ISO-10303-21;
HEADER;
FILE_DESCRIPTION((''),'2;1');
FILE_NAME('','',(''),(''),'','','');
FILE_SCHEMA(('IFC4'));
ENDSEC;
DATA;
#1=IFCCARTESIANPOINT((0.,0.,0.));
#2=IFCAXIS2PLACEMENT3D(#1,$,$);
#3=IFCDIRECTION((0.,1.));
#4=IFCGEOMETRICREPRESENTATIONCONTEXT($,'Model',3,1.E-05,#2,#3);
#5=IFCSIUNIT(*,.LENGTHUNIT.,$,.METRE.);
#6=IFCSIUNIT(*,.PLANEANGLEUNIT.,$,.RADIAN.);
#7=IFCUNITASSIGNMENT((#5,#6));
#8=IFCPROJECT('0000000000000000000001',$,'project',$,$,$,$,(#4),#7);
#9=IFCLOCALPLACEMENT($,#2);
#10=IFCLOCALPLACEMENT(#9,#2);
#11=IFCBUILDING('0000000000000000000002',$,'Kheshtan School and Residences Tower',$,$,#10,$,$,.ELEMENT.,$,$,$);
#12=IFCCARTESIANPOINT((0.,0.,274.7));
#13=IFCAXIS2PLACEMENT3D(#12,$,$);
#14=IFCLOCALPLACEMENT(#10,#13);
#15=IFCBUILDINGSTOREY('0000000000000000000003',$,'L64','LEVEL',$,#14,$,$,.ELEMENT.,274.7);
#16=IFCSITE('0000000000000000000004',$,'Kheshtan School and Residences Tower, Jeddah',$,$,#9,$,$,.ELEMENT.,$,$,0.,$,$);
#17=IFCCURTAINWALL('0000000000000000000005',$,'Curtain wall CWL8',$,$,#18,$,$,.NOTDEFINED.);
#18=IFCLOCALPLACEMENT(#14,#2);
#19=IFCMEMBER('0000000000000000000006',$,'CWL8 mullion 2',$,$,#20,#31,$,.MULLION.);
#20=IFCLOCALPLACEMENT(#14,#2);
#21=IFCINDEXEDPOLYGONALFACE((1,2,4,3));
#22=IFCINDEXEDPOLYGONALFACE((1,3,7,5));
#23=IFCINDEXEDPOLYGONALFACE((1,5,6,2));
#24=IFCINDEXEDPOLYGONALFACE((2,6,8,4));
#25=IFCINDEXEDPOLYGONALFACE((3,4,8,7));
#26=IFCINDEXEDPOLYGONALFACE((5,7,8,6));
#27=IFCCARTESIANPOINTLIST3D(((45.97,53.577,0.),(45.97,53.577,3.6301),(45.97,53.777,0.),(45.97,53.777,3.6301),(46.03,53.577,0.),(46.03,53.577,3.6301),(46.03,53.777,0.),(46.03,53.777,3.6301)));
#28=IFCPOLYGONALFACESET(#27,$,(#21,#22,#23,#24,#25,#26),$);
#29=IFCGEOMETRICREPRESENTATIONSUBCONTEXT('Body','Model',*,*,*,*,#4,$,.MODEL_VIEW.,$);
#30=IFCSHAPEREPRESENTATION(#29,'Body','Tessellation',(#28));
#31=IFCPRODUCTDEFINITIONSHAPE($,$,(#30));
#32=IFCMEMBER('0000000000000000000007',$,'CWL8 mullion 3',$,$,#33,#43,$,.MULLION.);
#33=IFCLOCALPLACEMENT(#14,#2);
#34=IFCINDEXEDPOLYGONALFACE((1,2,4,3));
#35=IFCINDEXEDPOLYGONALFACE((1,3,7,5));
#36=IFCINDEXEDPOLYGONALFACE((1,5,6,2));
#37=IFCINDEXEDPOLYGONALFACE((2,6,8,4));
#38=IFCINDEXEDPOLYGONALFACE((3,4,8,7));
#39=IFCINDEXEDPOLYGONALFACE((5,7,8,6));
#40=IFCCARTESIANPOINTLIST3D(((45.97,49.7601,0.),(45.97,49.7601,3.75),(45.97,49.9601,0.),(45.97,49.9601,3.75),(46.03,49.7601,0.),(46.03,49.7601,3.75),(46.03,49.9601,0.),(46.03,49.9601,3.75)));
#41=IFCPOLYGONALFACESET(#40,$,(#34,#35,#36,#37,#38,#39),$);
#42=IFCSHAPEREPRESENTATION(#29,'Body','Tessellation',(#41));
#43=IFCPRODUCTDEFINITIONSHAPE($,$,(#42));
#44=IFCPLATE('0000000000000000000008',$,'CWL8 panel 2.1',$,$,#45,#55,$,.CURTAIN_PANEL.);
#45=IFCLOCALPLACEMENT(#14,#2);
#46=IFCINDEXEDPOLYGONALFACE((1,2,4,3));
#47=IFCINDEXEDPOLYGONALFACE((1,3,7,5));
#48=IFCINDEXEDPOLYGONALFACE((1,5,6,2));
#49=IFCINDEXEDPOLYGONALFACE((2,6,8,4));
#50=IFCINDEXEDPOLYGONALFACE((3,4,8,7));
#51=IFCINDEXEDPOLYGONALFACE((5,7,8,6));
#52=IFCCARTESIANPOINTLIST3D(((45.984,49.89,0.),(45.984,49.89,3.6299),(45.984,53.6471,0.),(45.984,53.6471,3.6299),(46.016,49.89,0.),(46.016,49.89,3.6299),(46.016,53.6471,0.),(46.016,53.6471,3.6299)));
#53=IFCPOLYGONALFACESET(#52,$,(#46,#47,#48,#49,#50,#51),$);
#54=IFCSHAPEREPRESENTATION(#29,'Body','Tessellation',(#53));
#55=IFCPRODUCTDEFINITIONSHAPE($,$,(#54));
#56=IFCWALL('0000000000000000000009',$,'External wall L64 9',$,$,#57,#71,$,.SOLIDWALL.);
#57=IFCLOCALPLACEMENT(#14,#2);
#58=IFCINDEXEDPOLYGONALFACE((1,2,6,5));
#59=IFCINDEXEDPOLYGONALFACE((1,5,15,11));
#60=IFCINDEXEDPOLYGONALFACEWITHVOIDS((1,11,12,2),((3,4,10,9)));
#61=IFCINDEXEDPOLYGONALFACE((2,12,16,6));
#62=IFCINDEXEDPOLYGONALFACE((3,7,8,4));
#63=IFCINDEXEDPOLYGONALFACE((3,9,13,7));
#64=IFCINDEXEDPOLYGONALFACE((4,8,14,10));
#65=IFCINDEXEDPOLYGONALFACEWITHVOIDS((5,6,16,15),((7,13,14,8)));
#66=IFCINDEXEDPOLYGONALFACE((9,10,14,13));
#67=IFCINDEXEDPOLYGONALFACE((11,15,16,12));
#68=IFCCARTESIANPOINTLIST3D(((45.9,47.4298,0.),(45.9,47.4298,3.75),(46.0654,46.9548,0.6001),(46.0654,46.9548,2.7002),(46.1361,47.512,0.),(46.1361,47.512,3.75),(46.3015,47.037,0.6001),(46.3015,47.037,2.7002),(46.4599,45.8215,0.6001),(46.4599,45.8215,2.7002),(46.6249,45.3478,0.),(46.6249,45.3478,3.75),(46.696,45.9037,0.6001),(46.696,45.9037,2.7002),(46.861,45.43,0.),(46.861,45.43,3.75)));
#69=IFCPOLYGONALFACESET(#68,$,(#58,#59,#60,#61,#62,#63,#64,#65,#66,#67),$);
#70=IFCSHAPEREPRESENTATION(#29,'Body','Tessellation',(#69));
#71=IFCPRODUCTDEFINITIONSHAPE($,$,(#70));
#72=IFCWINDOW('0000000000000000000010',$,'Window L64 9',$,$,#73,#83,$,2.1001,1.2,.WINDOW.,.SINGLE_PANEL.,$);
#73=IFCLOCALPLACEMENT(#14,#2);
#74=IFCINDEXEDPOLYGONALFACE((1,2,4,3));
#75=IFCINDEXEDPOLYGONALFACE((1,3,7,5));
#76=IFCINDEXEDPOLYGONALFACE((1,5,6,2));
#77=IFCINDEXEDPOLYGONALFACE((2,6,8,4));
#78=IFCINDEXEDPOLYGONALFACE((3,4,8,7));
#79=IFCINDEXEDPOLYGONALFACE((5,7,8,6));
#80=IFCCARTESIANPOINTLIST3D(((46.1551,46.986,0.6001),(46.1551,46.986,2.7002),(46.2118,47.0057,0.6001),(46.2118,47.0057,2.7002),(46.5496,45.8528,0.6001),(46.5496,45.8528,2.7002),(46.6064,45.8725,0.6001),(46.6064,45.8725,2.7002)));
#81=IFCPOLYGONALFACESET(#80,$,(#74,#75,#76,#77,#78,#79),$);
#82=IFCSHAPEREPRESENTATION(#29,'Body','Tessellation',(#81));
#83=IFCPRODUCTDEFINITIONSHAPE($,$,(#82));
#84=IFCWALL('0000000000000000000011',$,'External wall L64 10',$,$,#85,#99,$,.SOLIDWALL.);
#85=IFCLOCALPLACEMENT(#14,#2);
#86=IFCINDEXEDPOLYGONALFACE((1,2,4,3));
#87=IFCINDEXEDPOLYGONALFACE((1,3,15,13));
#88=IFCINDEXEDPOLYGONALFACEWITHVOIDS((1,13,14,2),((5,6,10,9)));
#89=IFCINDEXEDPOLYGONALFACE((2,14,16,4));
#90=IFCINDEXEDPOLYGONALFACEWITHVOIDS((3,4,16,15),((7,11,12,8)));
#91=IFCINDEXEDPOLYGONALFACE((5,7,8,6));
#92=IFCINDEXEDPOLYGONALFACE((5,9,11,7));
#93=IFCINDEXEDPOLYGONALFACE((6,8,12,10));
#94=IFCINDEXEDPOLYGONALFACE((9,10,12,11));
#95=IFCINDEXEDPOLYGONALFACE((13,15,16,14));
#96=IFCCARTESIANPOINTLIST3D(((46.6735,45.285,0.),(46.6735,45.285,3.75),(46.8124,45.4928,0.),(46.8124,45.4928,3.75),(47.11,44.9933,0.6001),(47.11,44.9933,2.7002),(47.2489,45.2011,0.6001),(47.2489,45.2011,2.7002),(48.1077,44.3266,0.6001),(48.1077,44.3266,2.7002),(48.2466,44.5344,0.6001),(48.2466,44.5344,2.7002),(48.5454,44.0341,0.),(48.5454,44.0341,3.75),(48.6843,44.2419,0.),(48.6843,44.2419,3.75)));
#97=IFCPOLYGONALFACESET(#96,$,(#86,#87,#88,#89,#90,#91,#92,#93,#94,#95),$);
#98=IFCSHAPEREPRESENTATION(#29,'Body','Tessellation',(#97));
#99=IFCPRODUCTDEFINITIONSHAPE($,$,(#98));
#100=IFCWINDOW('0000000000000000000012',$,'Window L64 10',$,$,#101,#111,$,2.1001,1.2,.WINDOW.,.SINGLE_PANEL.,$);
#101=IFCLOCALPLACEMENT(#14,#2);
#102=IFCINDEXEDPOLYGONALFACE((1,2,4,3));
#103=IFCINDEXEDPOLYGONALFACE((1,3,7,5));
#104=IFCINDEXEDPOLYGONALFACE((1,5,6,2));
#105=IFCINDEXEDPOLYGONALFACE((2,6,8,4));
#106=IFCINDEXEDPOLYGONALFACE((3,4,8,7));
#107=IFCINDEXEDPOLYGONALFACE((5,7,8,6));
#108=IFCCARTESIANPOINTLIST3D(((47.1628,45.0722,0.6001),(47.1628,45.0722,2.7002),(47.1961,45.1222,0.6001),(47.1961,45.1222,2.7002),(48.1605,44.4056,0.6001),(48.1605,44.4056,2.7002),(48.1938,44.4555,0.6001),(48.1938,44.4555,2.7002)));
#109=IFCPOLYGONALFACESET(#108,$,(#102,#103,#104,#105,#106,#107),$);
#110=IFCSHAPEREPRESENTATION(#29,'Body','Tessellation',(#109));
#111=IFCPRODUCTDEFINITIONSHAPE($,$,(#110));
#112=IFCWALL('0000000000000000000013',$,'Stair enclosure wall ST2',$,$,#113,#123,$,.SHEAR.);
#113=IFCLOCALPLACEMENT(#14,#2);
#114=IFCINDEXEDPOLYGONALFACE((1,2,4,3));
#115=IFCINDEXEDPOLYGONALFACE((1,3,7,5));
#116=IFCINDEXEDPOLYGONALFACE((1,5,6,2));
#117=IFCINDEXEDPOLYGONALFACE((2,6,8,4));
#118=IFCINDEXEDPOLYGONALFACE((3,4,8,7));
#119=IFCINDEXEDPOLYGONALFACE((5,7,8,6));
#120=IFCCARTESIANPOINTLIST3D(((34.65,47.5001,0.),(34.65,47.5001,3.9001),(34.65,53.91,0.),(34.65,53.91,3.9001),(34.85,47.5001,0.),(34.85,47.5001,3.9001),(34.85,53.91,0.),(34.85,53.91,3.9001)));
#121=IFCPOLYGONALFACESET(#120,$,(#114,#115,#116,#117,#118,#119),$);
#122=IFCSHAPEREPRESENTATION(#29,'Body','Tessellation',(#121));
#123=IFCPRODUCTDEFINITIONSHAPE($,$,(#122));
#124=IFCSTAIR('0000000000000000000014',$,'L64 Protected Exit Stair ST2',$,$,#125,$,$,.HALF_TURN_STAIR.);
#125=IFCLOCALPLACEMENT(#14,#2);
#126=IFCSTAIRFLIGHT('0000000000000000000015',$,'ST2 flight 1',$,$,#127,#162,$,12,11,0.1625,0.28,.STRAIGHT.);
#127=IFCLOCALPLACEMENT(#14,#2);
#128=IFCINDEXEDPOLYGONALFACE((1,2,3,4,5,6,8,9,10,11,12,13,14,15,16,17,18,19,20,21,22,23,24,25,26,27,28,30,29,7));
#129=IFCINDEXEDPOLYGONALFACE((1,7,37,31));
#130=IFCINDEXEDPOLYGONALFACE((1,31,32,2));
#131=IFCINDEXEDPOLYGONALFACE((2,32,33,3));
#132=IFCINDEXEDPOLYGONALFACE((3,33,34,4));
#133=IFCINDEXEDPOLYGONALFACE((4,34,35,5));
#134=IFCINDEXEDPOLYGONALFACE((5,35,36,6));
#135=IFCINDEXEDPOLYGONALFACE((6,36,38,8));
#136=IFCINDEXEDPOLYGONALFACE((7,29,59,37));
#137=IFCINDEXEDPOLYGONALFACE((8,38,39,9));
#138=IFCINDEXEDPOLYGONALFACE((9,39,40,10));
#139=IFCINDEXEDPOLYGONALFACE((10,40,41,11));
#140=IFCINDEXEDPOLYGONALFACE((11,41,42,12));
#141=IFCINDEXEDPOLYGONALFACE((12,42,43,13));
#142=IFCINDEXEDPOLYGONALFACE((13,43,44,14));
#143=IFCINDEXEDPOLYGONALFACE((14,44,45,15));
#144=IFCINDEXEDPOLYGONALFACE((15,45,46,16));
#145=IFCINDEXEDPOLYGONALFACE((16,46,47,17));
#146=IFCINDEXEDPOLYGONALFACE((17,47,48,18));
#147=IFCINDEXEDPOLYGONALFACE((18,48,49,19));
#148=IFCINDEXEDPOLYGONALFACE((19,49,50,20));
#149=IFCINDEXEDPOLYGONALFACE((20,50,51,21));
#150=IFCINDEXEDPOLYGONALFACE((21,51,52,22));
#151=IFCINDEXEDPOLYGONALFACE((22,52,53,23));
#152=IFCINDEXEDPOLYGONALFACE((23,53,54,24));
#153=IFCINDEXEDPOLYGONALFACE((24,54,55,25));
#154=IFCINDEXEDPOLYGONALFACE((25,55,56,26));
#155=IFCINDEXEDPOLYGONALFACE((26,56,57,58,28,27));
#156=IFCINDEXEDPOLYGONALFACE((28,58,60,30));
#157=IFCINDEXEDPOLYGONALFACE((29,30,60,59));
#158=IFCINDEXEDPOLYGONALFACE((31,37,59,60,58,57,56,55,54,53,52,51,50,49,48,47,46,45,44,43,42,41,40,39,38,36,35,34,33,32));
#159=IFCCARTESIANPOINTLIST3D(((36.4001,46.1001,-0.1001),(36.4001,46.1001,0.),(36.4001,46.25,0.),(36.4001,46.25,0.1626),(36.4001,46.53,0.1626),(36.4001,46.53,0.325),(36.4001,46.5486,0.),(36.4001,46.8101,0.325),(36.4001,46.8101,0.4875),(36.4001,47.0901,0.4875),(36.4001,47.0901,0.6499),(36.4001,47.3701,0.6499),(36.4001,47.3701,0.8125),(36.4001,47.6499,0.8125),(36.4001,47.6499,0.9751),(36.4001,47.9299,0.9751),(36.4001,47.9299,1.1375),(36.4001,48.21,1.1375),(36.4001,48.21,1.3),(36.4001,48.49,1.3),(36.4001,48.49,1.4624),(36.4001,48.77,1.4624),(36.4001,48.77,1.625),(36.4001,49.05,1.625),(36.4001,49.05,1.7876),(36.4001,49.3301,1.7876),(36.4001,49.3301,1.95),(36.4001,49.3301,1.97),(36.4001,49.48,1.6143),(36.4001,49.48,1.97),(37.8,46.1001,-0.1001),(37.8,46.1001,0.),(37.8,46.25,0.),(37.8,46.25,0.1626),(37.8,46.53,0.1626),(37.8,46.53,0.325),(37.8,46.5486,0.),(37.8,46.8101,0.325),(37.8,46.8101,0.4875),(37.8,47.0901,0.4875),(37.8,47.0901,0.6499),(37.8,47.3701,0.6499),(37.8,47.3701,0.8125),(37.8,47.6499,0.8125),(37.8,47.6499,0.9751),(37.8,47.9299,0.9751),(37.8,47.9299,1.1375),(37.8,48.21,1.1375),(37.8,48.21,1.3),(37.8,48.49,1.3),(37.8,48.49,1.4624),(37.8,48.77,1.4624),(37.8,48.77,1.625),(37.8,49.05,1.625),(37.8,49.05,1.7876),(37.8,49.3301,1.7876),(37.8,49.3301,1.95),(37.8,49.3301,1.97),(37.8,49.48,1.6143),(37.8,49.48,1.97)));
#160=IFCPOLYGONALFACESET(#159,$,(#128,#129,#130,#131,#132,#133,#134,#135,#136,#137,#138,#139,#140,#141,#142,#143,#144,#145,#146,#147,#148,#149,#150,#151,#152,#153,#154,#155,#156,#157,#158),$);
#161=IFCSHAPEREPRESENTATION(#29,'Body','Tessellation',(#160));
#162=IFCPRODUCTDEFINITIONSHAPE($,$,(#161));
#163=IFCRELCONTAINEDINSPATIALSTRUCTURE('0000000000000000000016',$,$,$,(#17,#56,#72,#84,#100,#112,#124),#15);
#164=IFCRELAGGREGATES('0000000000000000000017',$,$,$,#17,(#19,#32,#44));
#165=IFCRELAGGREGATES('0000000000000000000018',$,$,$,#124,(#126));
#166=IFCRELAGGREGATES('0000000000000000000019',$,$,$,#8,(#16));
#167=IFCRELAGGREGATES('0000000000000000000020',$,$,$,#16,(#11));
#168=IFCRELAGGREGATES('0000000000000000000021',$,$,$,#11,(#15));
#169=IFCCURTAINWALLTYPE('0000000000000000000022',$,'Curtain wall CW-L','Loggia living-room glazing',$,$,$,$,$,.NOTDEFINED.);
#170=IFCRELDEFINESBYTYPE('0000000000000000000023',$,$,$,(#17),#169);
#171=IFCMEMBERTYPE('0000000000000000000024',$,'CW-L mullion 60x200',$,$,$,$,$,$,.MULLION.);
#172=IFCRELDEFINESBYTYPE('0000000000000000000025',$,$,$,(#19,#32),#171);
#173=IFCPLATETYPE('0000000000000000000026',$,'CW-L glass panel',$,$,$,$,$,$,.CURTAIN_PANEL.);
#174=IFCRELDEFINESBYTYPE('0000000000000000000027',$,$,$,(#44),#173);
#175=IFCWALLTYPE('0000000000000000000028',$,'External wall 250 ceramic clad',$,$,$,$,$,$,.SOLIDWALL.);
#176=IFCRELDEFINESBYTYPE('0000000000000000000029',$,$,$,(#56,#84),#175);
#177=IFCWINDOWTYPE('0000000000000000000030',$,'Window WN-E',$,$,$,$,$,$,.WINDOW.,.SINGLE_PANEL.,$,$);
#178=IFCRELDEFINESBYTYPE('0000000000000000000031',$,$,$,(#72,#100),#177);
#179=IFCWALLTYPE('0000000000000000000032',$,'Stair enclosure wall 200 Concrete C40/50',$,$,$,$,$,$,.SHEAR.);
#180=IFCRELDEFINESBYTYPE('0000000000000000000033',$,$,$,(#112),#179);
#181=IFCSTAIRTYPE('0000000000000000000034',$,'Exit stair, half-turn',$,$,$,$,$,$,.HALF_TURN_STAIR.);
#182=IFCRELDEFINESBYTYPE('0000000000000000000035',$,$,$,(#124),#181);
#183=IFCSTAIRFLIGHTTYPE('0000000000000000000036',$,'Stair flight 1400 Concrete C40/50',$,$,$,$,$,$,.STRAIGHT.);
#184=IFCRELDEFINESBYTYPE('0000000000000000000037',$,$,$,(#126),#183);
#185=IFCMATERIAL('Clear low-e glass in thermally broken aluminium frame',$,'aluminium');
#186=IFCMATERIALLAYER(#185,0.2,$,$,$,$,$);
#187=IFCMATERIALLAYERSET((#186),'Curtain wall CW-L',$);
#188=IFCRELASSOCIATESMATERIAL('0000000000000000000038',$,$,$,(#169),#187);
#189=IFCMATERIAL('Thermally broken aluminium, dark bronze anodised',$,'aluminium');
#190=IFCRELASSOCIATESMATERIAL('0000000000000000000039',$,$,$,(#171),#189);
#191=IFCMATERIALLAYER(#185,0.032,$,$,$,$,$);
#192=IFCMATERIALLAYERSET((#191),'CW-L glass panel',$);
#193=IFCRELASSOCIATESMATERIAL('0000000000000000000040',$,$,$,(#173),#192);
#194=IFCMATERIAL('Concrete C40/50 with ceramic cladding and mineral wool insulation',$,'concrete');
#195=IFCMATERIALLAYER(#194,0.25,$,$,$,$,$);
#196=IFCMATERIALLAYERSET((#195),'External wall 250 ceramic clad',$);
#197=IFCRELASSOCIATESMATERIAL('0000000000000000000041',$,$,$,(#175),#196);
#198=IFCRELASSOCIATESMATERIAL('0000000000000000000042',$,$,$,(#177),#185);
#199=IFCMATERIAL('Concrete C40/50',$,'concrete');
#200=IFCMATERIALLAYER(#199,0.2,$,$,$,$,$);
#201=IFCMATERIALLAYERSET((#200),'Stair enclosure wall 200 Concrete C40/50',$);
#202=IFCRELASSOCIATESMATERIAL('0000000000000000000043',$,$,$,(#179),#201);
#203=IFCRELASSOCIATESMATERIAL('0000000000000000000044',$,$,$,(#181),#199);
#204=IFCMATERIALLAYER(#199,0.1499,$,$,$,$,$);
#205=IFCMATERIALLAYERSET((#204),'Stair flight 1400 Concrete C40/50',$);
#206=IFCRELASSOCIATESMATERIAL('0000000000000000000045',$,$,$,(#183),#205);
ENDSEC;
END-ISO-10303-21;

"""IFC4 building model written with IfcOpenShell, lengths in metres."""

from ifc_helpers import new_model, si_unit, direction, frame, frame_2d, origin, origin_2d, place, context, subcontext, project, spatial, polyline, rectangle, outline, extrude, source, transform, mapped, material, layer, layer_set, material_profile, profile_set, type_object, element, fill, aggregate, save


model = new_model("IFC4")

# Units and contexts
model_context = context("Model", 3, precision=1e-05, world=origin(), true_north=direction((0.0, 1.0)))
body_context = subcontext(model_context, "Body", "Model", "MODEL_VIEW")
ifc_project = project(units=[si_unit("LENGTHUNIT", "METRE"), si_unit("PLANEANGLEUNIT", "RADIAN")], contexts=[model_context])

# Site, building, storey
site_placement = place(None, origin())
site = spatial("IfcSite", under=ifc_project, at=site_placement, Name="Kheshtan School and Residences Tower, Jeddah", CompositionType="ELEMENT", RefElevation=0.0)
building_placement = place(site_placement, origin())
building = spatial("IfcBuilding", under=site, at=building_placement, Name="Kheshtan School and Residences Tower", CompositionType="ELEMENT")
storey_placement = place(building_placement, frame((0.0, 0.0, 274.7)))
storey = spatial("IfcBuildingStorey", under=building, at=storey_placement, Name="L64", Description="LEVEL", CompositionType="ELEMENT", Elevation=274.7)

# Curtain wall, members, plate
ifc_material_1 = material(Name="Clear low-e glass in thermally broken aluminium frame", Category="aluminium")
ifc_layer_1 = layer(ifc_material_1, 0.2)
ifc_layer_set_1 = layer_set([ifc_layer_1], Name="Curtain wall CW-L")
curtain_wall_type = type_object("IfcCurtainWallType", Name="Curtain wall CW-L", Description="Loggia living-room glazing", PredefinedType="NOTDEFINED", material=ifc_layer_set_1)
curtain_wall_placement = place(storey_placement, origin())
curtain_wall = element("IfcCurtainWall", 1, at=curtain_wall_placement, inside=storey, type_object=curtain_wall_type, Name="Curtain wall CWL8", PredefinedType="NOTDEFINED")
ifc_material_2 = material(Name="Thermally broken aluminium, dark bronze anodised", Category="aluminium")
ifc_material_profile_1 = material_profile(ifc_material_2, rectangle(XDim=0.0601, YDim=0.2, at=origin_2d()), Name="CW-L mullion 60x200")
ifc_profile_set_1 = profile_set([ifc_material_profile_1], Name="Thermally broken aluminium, dark bronze anodised")
member_type = type_object("IfcMemberType", Name="CW-L mullion 60x200", PredefinedType="MULLION", material=ifc_profile_set_1)
member_1_placement = place(storey_placement, frame((46.0, 53.677, 0.0), z_axis=(0.0, 0.0, 1.0), x_axis=(1.0, 0.0, 0.0)))
member_1 = element("IfcMember", 2, at=member_1_placement, type_object=member_type, Name="CWL8 mullion 2", PredefinedType="MULLION", context=body_context, shape_type="SweptSolid", body=[
    extrude(rectangle(XDim=0.0601, YDim=0.2, at=origin_2d()), origin(), (0.0, 0.0, 1.0), 3.6301),
])
member_2_placement = place(storey_placement, frame((46.0, 49.8601, 0.0), z_axis=(0.0, 0.0, 1.0), x_axis=(1.0, 0.0, 0.0)))
member_2 = element("IfcMember", 3, at=member_2_placement, type_object=member_type, Name="CWL8 mullion 3", PredefinedType="MULLION", context=body_context, shape_type="SweptSolid", body=[
    extrude(rectangle(XDim=0.0601, YDim=0.2, at=origin_2d()), origin(), (0.0, 0.0, 1.0), 3.75),
])
ifc_layer_2 = layer(ifc_material_1, 0.032)
ifc_layer_set_2 = layer_set([ifc_layer_2], Name="CW-L glass panel")
plate_type = type_object("IfcPlateType", Name="CW-L glass panel", PredefinedType="CURTAIN_PANEL", material=ifc_layer_set_2)
plate_placement = place(storey_placement, frame((46.0, 51.7686, 0.0), z_axis=(0.0, 0.0, 1.0), x_axis=(0.0, -1.0, 0.0)))
plate = element("IfcPlate", 4, at=plate_placement, type_object=plate_type, Name="CWL8 panel 2.1", PredefinedType="CURTAIN_PANEL", context=body_context, shape_type="SweptSolid", body=[
    extrude(rectangle(XDim=3.7571, YDim=0.032, at=origin_2d()), origin(), (0.0, 0.0, 1.0), 3.6299),
])
aggregate(curtain_wall, [member_1, member_2, plate])

# Walls, openings, windows
ifc_material_3 = material(Name="Concrete C40/50 with ceramic cladding and mineral wool insulation", Category="concrete")
ifc_layer_3 = layer(ifc_material_3, 0.25)
ifc_layer_set_3 = layer_set([ifc_layer_3], Name="External wall 250 ceramic clad")
wall_type_1 = type_object("IfcWallType", Name="External wall 250 ceramic clad", PredefinedType="SOLIDWALL", material=ifc_layer_set_3)
wall_1_placement = place(storey_placement, frame((46.0181, 47.4709, 0.0), z_axis=(0.0, 0.0, 1.0), x_axis=(0.328791, -0.944403, 0.0)))
wall_1 = element("IfcWall", 5, at=wall_1_placement, inside=storey, type_object=wall_type_1, Name="External wall L64 9", PredefinedType="SOLIDWALL", context=body_context, shape_type="SweptSolid", body=[
    extrude(rectangle(XDim=2.2046, YDim=0.25, at=frame_2d((1.1023, 0.0))), origin(), (0.0, 0.0, 1.0), 3.75),
])
opening_1_placement = place(wall_1_placement, frame((0.5029, 0.0, 0.6001)))
opening_1 = element("IfcOpeningElement", 6, at=opening_1_placement, cuts=wall_1, PredefinedType="OPENING", context=body_context, shape_type="SweptSolid", body=[
    extrude(rectangle(XDim=1.2, YDim=2.1001, at=frame_2d((0.6001, 1.05))), frame((0.0, 0.135, 0.0), z_axis=(0.0, -1.0, 0.0), x_axis=(1.0, 0.0, 0.0)), (0.0, 0.0, 1.0), 0.27),
])
window_type = type_object("IfcWindowType", Name="Window WN-E", PartitioningType="SINGLE_PANEL", PredefinedType="WINDOW", material=ifc_material_1)
shared_shape_1 = source(origin(), body_context, "Body", "SweptSolid", [
    extrude(rectangle(XDim=1.2, YDim=2.1001, at=frame_2d((0.6001, 1.05))), frame((0.0, 0.03, 0.0), z_axis=(0.0, -1.0, 0.0), x_axis=(1.0, 0.0, 0.0)), (0.0, 0.0, 1.0), 0.0601),
])
window_1_placement = place(opening_1_placement, origin())
window_1 = element("IfcWindow", 7, at=window_1_placement, inside=storey, type_object=window_type, Name="Window L64 9", OverallHeight=2.1001, OverallWidth=1.2, PartitioningType="SINGLE_PANEL", PredefinedType="WINDOW", context=body_context, shape_type="MappedRepresentation", body=[
    mapped(shared_shape_1, transform((0.0, 0.0, 0.0), x_axis=(1.0, 0.0, 0.0), y_axis=(0.0, 1.0, 0.0), z_axis=(0.0, 0.0, 1.0), scale=1.0)),
])
fill(opening_1, window_1)
wall_2_placement = place(storey_placement, frame((46.7429, 45.3889, 0.0), z_axis=(0.0, 0.0, 1.0), x_axis=(0.831449, -0.555601, 0.0)))
wall_2 = element("IfcWall", 8, at=wall_2_placement, inside=storey, type_object=wall_type_1, Name="External wall L64 10", PredefinedType="SOLIDWALL", context=body_context, shape_type="SweptSolid", body=[
    extrude(rectangle(XDim=2.2515, YDim=0.25, at=frame_2d((1.1257, 0.0))), origin(), (0.0, 0.0, 1.0), 3.75),
])
opening_2_placement = place(wall_2_placement, frame((0.5249, 0.0, 0.6001)))
opening_2 = element("IfcOpeningElement", 9, at=opening_2_placement, cuts=wall_2, PredefinedType="OPENING", context=body_context, shape_type="SweptSolid", body=[
    extrude(rectangle(XDim=1.2, YDim=2.1001, at=frame_2d((0.6001, 1.05))), frame((0.0, 0.135, 0.0), z_axis=(0.0, -1.0, 0.0), x_axis=(1.0, 0.0, 0.0)), (0.0, 0.0, 1.0), 0.27),
])
window_2_placement = place(opening_2_placement, origin())
window_2 = element("IfcWindow", 10, at=window_2_placement, inside=storey, type_object=window_type, Name="Window L64 10", OverallHeight=2.1001, OverallWidth=1.2, PartitioningType="SINGLE_PANEL", PredefinedType="WINDOW", context=body_context, shape_type="MappedRepresentation", body=[
    mapped(shared_shape_1, transform((0.0, 0.0, 0.0), x_axis=(1.0, 0.0, 0.0), y_axis=(0.0, 1.0, 0.0), z_axis=(0.0, 0.0, 1.0), scale=1.0)),
])
fill(opening_2, window_2)

# Wall
ifc_material_4 = material(Name="Concrete C40/50", Category="concrete")
ifc_layer_4 = layer(ifc_material_4, 0.2)
ifc_layer_set_4 = layer_set([ifc_layer_4], Name="Stair enclosure wall 200 Concrete C40/50")
wall_type_2 = type_object("IfcWallType", Name="Stair enclosure wall 200 Concrete C40/50", PredefinedType="SHEAR", material=ifc_layer_set_4)
wall_3_placement = place(storey_placement, frame((34.75, 47.5, 0.0), z_axis=(0.0, 0.0, 1.0), x_axis=(0.0, 1.0, 0.0)))
element("IfcWall", 11, at=wall_3_placement, inside=storey, type_object=wall_type_2, Name="Stair enclosure wall ST2", PredefinedType="SHEAR", context=body_context, shape_type="SweptSolid", body=[
    extrude(rectangle(XDim=6.4099, YDim=0.2, at=frame_2d((3.2051, 0.0))), origin(), (0.0, 0.0, 1.0), 3.9001),
])

# Stair, stair flight
stair_type = type_object("IfcStairType", Name="Exit stair, half-turn", PredefinedType="HALF_TURN_STAIR", material=ifc_material_4)
stair_placement = place(storey_placement, origin())
stair = element("IfcStair", 12, at=stair_placement, inside=storey, type_object=stair_type, Name="L64 Protected Exit Stair ST2", PredefinedType="HALF_TURN_STAIR")
ifc_layer_5 = layer(ifc_material_4, 0.1499)
ifc_layer_set_5 = layer_set([ifc_layer_5], Name="Stair flight 1400 Concrete C40/50")
stair_flight_type = type_object("IfcStairFlightType", Name="Stair flight 1400 Concrete C40/50", PredefinedType="STRAIGHT", material=ifc_layer_set_5)
stair_flight_1_placement = place(storey_placement, frame((37.1001, 46.25, 0.0), z_axis=(0.0, 0.0, 1.0), x_axis=(0.0, 1.0, 0.0)))
stair_flight_1 = element("IfcStairFlight", 13, at=stair_flight_1_placement, type_object=stair_flight_type, Name="ST2 flight 1", NumberOfRisers=12, NumberOfTreads=11, PredefinedType="STRAIGHT", RiserHeight=0.1625, TreadLength=0.28, context=body_context, shape_type="SweptSolid", body=[
    extrude(outline(polyline([(-0.1499, -0.1001), (-0.1499, 0.0), (0.0, 0.0), (0.0, 0.1626), (0.28, 0.1626), (0.28, 0.325), (0.5601, 0.325), (0.5601, 0.4875), (0.8401, 0.4875), (0.8401, 0.6499), (1.1201, 0.6499), (1.1201, 0.8125), (1.3999, 0.8125), (1.3999, 0.9751), (1.6799, 0.9751), (1.6799, 1.1375), (1.96, 1.1375), (1.96, 1.3), (2.24, 1.3), (2.24, 1.4624), (2.52, 1.4624), (2.52, 1.625), (2.8, 1.625), (2.8, 1.7876), (3.0801, 1.7876), (3.0801, 1.95), (3.0801, 1.97), (3.23, 1.97), (3.23, 1.6143), (0.2986, 0.0), (-0.1499, -0.1001)])), frame((0.0, 0.7, 0.0), z_axis=(0.0, -1.0, 0.0), x_axis=(1.0, 0.0, 0.0)), (0.0, 0.0, 1.0), 1.3999),
])
aggregate(stair, [stair_flight_1])

save(model, "model.ifc")
